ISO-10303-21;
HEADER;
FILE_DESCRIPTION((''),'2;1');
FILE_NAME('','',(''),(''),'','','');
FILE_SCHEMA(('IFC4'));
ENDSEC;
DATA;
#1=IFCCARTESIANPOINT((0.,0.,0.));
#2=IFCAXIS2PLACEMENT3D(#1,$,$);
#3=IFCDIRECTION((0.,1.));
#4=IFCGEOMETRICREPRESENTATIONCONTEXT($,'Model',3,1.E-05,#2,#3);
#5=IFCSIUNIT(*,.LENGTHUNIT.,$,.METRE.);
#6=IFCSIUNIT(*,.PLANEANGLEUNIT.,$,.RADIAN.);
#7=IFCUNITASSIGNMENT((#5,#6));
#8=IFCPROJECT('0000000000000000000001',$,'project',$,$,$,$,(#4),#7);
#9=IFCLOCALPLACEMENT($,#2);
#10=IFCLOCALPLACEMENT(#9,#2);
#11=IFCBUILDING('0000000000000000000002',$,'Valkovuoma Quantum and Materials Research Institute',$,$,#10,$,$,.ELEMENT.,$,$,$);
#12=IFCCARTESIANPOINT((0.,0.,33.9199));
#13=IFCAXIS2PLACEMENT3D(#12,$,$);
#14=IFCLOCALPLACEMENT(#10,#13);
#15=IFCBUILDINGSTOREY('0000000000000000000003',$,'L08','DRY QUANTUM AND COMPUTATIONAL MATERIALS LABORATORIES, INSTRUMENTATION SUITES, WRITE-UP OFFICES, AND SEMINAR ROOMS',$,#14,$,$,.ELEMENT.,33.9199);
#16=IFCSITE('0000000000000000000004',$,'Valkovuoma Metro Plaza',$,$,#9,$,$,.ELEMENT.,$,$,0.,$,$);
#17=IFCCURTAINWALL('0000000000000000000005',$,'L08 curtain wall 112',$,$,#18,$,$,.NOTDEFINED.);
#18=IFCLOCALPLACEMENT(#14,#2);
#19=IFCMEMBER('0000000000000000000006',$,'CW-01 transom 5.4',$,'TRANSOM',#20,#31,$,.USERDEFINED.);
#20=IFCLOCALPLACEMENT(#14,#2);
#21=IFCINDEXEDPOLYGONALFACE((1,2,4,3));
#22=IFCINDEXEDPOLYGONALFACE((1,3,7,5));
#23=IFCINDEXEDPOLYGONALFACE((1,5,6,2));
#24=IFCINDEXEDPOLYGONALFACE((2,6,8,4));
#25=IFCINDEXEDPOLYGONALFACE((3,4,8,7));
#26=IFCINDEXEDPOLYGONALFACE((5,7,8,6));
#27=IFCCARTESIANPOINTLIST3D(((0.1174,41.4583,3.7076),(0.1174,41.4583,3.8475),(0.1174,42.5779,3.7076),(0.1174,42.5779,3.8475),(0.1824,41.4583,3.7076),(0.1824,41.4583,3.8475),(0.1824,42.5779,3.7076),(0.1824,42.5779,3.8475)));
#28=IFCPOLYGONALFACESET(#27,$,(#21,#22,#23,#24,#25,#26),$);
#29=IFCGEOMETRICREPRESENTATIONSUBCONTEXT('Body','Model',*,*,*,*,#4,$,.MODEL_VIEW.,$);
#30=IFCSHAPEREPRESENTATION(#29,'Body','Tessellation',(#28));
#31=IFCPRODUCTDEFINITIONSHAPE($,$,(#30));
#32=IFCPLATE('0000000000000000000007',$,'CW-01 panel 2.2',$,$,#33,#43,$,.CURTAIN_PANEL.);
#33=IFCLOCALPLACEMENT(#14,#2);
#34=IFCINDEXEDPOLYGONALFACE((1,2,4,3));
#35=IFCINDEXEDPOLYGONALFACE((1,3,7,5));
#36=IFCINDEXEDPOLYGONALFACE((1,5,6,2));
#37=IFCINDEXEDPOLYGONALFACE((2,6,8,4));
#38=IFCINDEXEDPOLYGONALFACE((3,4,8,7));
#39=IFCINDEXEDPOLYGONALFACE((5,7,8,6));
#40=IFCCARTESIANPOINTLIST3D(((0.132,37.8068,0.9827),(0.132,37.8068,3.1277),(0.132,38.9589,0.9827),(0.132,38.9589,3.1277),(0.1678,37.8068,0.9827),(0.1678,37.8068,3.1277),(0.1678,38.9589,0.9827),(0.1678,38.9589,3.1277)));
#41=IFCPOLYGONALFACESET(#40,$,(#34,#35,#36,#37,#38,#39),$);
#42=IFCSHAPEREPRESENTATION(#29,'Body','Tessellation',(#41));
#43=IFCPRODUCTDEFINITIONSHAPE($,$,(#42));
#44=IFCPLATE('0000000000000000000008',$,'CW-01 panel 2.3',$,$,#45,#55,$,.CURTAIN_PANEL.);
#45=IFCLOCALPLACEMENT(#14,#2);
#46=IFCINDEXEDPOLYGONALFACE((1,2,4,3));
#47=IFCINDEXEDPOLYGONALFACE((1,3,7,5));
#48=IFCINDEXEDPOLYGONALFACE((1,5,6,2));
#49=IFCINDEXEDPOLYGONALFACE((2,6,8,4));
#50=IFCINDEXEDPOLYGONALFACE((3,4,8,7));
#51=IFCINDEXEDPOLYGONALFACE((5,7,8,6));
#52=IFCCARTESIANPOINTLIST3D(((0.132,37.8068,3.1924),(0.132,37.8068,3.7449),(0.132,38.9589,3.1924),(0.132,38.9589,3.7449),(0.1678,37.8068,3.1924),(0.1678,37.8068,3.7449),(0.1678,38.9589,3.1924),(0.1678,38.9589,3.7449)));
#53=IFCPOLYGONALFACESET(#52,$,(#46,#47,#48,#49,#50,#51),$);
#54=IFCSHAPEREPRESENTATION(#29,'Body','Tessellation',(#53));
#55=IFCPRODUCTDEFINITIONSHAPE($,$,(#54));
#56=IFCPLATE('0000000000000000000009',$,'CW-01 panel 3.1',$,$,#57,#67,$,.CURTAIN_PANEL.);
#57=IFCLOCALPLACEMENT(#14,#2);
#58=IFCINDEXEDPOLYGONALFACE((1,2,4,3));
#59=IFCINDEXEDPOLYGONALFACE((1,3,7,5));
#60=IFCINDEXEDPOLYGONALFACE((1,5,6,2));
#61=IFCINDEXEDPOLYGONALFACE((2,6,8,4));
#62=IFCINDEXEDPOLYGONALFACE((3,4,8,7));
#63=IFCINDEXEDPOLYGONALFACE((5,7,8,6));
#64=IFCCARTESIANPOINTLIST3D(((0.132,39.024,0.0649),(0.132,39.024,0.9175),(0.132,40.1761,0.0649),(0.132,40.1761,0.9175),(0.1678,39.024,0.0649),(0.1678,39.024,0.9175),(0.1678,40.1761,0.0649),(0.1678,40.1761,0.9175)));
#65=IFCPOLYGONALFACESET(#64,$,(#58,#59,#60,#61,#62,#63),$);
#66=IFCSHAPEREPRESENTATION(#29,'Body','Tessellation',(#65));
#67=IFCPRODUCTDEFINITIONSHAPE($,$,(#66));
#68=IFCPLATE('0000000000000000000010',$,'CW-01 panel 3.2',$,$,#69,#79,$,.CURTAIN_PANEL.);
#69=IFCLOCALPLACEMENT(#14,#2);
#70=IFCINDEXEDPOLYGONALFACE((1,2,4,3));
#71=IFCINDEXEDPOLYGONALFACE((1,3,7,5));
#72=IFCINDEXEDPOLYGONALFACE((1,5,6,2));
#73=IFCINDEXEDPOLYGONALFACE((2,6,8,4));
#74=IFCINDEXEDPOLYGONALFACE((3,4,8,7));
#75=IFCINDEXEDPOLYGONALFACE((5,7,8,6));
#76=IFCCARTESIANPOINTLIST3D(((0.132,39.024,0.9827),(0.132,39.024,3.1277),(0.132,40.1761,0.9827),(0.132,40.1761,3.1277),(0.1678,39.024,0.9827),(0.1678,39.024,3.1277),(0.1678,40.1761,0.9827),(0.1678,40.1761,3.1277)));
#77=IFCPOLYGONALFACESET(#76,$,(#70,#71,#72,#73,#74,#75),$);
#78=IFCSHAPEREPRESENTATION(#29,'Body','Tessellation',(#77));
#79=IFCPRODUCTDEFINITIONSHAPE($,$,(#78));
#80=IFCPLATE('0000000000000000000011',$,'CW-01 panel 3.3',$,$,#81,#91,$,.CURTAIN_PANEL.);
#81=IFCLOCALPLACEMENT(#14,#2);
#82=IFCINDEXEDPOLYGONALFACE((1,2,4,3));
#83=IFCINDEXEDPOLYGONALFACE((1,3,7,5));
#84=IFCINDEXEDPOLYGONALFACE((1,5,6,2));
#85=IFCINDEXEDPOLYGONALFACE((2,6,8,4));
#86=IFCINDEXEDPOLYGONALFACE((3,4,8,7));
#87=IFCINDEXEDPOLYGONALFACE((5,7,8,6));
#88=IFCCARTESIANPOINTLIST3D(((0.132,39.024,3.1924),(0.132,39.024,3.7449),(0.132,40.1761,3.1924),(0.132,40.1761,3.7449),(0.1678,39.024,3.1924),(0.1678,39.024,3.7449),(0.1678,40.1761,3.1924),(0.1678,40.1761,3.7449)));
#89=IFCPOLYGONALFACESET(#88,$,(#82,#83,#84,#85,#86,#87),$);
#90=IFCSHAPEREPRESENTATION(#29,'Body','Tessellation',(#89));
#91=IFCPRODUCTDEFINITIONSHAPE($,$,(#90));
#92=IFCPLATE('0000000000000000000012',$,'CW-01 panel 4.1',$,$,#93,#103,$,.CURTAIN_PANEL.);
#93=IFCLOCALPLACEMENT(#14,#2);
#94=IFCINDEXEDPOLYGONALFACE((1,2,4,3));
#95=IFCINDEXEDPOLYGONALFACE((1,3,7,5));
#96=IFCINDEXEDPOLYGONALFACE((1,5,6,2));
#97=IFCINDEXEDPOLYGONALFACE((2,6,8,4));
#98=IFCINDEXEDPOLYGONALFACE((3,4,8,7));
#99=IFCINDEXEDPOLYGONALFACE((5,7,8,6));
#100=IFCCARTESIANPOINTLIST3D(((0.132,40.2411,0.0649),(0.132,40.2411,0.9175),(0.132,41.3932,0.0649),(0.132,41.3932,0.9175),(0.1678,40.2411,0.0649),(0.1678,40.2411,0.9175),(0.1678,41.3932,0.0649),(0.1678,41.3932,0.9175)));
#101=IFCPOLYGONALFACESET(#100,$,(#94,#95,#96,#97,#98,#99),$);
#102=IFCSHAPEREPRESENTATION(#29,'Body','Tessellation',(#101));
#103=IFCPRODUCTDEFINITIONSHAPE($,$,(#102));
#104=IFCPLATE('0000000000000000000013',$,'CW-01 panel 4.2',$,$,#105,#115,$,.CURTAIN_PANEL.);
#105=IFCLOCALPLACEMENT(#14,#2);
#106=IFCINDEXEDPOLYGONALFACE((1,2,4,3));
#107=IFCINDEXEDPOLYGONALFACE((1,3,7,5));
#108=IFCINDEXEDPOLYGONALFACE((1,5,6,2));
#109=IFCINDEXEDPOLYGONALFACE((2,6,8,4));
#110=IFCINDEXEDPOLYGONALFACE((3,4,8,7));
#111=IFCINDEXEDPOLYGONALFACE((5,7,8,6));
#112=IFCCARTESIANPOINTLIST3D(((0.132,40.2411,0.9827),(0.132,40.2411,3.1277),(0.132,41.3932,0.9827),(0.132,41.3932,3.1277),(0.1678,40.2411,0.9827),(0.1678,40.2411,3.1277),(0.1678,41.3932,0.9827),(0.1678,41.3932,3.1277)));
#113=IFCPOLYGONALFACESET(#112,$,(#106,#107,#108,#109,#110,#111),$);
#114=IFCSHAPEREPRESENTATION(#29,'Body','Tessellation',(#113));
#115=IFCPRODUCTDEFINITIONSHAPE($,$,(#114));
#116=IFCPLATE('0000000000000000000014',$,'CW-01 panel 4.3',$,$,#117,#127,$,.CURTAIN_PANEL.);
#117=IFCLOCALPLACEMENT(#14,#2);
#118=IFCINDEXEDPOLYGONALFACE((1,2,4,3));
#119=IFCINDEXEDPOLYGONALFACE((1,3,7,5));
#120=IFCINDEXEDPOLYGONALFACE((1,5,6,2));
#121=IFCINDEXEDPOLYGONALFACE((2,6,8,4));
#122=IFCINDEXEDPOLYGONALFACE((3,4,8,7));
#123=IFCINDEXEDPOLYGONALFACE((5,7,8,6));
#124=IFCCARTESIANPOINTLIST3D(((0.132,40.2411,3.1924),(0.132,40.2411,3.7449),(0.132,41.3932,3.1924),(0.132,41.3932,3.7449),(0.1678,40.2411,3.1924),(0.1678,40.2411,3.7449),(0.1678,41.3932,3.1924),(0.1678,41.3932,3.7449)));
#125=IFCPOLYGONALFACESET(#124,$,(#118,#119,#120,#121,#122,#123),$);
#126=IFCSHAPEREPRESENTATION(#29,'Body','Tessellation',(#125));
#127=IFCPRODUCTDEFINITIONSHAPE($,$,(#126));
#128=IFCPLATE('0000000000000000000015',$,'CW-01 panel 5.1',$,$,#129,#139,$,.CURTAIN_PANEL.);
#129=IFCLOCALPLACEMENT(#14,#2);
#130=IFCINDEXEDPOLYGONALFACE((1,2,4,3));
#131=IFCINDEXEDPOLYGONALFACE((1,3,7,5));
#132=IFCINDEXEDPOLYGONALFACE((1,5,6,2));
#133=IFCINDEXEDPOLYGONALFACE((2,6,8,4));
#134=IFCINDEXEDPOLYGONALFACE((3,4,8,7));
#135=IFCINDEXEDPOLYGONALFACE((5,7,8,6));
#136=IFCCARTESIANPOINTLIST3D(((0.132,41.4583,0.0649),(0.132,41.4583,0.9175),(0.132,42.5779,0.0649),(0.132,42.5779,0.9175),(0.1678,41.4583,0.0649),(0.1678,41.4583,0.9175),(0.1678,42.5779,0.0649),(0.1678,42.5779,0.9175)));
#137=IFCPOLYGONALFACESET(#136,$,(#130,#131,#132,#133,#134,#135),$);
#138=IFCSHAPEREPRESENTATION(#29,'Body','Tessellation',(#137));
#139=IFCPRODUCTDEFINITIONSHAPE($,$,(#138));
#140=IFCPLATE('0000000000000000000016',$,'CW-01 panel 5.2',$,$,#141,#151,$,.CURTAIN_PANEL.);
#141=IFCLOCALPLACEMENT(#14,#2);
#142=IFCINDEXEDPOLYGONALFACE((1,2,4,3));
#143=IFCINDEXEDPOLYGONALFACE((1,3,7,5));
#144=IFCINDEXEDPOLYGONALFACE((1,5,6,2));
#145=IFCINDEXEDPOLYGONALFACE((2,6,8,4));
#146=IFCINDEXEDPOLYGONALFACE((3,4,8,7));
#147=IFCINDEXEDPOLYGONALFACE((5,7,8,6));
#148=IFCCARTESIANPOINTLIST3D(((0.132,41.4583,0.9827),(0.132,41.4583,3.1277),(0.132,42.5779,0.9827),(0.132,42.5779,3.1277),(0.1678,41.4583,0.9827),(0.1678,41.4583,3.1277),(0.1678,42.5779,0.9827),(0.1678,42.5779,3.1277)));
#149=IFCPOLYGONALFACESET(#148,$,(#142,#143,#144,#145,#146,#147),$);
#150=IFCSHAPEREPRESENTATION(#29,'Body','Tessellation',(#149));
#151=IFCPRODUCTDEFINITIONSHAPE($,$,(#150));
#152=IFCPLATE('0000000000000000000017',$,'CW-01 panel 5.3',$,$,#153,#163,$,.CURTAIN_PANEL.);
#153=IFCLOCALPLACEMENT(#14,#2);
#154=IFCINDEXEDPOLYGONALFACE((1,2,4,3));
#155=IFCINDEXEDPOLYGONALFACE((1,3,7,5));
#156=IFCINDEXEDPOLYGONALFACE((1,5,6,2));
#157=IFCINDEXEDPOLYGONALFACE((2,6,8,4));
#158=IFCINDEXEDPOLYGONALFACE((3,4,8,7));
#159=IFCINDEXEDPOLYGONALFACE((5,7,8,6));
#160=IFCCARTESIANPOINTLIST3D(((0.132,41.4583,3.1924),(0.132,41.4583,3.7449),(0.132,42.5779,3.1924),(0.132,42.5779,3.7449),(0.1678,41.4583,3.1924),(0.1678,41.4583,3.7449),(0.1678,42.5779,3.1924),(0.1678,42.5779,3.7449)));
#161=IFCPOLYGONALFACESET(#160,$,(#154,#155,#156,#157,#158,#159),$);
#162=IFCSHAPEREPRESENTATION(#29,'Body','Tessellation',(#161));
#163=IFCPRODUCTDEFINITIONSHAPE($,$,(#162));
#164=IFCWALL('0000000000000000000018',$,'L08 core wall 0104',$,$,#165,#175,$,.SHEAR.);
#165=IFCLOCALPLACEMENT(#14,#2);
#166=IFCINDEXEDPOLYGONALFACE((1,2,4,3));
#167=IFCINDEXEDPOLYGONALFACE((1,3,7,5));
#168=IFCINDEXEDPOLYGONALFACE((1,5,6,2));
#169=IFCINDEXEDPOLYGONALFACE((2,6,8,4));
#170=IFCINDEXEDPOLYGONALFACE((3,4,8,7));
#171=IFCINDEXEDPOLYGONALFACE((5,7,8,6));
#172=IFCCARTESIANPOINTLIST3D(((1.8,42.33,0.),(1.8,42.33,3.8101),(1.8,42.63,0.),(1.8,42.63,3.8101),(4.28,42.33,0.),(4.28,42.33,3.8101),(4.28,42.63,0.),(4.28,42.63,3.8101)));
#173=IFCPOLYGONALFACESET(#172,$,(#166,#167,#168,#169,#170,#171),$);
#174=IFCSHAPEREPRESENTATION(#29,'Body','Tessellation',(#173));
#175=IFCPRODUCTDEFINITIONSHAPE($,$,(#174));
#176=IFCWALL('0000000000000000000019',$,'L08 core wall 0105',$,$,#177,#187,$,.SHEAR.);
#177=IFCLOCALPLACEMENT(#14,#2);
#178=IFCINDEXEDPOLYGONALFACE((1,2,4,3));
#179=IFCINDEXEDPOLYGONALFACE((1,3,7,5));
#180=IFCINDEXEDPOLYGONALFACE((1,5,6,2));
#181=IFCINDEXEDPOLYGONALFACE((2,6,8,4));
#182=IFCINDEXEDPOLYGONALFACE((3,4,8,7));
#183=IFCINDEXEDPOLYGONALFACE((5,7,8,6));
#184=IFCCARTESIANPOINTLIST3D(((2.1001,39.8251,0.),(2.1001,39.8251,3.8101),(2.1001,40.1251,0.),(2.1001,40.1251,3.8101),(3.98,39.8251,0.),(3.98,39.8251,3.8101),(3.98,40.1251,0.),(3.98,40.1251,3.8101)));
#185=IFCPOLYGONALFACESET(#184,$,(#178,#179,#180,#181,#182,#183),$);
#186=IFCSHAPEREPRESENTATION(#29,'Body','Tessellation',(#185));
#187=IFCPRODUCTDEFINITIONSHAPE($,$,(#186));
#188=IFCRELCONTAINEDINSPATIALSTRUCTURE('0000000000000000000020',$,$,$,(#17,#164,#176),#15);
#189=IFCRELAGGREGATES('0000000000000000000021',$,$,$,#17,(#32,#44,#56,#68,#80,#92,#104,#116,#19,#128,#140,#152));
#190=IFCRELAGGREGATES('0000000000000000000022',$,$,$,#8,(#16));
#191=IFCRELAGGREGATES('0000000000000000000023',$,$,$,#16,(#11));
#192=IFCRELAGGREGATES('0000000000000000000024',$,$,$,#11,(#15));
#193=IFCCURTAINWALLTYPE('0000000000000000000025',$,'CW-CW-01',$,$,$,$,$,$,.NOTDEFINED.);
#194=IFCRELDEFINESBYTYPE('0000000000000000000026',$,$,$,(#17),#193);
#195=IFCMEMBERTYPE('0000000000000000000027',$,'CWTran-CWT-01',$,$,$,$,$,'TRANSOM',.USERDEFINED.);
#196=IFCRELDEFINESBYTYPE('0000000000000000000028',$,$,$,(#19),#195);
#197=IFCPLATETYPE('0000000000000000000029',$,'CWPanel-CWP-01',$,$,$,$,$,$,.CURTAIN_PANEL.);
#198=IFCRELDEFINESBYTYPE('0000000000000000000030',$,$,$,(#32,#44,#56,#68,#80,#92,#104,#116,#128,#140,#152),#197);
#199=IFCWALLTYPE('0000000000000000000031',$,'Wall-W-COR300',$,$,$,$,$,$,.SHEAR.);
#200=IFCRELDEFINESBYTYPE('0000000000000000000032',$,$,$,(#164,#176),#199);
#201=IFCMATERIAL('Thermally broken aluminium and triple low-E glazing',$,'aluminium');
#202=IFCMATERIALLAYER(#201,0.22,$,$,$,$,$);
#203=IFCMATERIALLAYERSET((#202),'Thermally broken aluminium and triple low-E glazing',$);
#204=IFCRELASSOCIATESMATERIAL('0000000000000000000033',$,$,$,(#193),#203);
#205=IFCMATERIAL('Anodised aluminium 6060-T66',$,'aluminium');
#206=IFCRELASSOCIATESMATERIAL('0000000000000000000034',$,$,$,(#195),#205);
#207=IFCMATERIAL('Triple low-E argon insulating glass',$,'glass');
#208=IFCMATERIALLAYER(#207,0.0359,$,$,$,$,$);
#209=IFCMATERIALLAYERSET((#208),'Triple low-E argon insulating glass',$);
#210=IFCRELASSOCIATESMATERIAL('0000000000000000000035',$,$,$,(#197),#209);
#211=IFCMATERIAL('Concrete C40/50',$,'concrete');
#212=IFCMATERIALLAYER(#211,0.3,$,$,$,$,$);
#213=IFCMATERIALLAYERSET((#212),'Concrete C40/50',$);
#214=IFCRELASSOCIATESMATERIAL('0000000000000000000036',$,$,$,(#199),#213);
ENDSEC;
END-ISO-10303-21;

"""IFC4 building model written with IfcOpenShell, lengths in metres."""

from ifc_helpers import new_model, si_unit, direction, frame, frame_2d, origin, origin_2d, place, context, subcontext, project, spatial, rectangle, extrude, material, layer, layer_set, material_profile, profile_set, type_object, element, aggregate, save


model = new_model("IFC4")

# Units and contexts
model_context = context("Model", 3, precision=1e-05, world=origin(), true_north=direction((0.0, 1.0)))
body_context = subcontext(model_context, "Body", "Model", "MODEL_VIEW")
ifc_project = project(units=[si_unit("LENGTHUNIT", "METRE"), si_unit("PLANEANGLEUNIT", "RADIAN")], contexts=[model_context])

# Site, building, storey
site_placement = place(None, origin())
site = spatial("IfcSite", under=ifc_project, at=site_placement, Name="Valkovuoma Metro Plaza", CompositionType="ELEMENT", RefElevation=0.0)
building_placement = place(site_placement, origin())
building = spatial("IfcBuilding", under=site, at=building_placement, Name="Valkovuoma Quantum and Materials Research Institute", CompositionType="ELEMENT")
storey_placement = place(building_placement, frame((0.0, 0.0, 33.9199)))
storey = spatial("IfcBuildingStorey", under=building, at=storey_placement, Name="L08", Description="DRY QUANTUM AND COMPUTATIONAL MATERIALS LABORATORIES, INSTRUMENTATION SUITES, WRITE-UP OFFICES, AND SEMINAR ROOMS", CompositionType="ELEMENT", Elevation=33.9199)

# Curtain wall, member, plates
ifc_material_1 = material(Name="Thermally broken aluminium and triple low-E glazing", Category="aluminium")
ifc_layer_1 = layer(ifc_material_1, 0.22)
ifc_layer_set_1 = layer_set([ifc_layer_1], Name="Thermally broken aluminium and triple low-E glazing")
curtain_wall_type = type_object("IfcCurtainWallType", Name="CW-CW-01", PredefinedType="NOTDEFINED", material=ifc_layer_set_1)
curtain_wall_placement = place(storey_placement, origin())
curtain_wall = element("IfcCurtainWall", 1, at=curtain_wall_placement, inside=storey, type_object=curtain_wall_type, Name="L08 curtain wall 112", PredefinedType="NOTDEFINED")
ifc_material_2 = material(Name="Anodised aluminium 6060-T66", Category="aluminium")
ifc_material_profile_1 = material_profile(ifc_material_2, rectangle(XDim=0.0649, YDim=0.1399, at=origin_2d()), Name="Anodised aluminium 6060-T66")
ifc_profile_set_1 = profile_set([ifc_material_profile_1], Name="Anodised aluminium 6060-T66")
member_type_1 = type_object("IfcMemberType", Name="CWTran-CWT-01", ElementType="TRANSOM", PredefinedType="USERDEFINED", material=ifc_profile_set_1)
member_1_placement = place(storey_placement, frame((0.1499, 41.4583, 3.7776), z_axis=(0.0, 1.0, 0.0), x_axis=(-1.0, 0.0, 0.0)))
member_1 = element("IfcMember", 2, at=member_1_placement, type_object=member_type_1, Name="CW-01 transom 5.4", ObjectType="TRANSOM", PredefinedType="USERDEFINED", context=body_context, shape_type="SweptSolid", body=[
    extrude(rectangle(XDim=0.0649, YDim=0.1399, at=origin_2d()), origin(), (0.0, 0.0, 1.0), 1.1196),
])
ifc_material_3 = material(Name="Triple low-E argon insulating glass", Category="glass")
ifc_layer_2 = layer(ifc_material_3, 0.0359)
ifc_layer_set_2 = layer_set([ifc_layer_2], Name="Triple low-E argon insulating glass")
plate_type = type_object("IfcPlateType", Name="CWPanel-CWP-01", PredefinedType="CURTAIN_PANEL", material=ifc_layer_set_2)
plate_1_placement = place(storey_placement, frame((0.1499, 38.3828, 0.9827), z_axis=(0.0, 0.0, 1.0), x_axis=(0.0, 1.0, 0.0)))
plate_1 = element("IfcPlate", 3, at=plate_1_placement, type_object=plate_type, Name="CW-01 panel 2.2", PredefinedType="CURTAIN_PANEL", context=body_context, shape_type="SweptSolid", body=[
    extrude(rectangle(XDim=1.1521, YDim=0.0359, at=origin_2d()), origin(), (0.0, 0.0, 1.0), 2.145),
])
plate_2_placement = place(storey_placement, frame((0.1499, 38.3828, 3.1924), z_axis=(0.0, 0.0, 1.0), x_axis=(0.0, 1.0, 0.0)))
plate_2 = element("IfcPlate", 4, at=plate_2_placement, type_object=plate_type, Name="CW-01 panel 2.3", PredefinedType="CURTAIN_PANEL", context=body_context, shape_type="SweptSolid", body=[
    extrude(rectangle(XDim=1.1521, YDim=0.0359, at=origin_2d()), origin(), (0.0, 0.0, 1.0), 0.5525),
])
plate_3_placement = place(storey_placement, frame((0.1499, 39.6001, 0.0649), z_axis=(0.0, 0.0, 1.0), x_axis=(0.0, 1.0, 0.0)))
plate_3 = element("IfcPlate", 5, at=plate_3_placement, type_object=plate_type, Name="CW-01 panel 3.1", PredefinedType="CURTAIN_PANEL", context=body_context, shape_type="SweptSolid", body=[
    extrude(rectangle(XDim=1.1521, YDim=0.0359, at=origin_2d()), origin(), (0.0, 0.0, 1.0), 0.8525),
])
plate_4_placement = place(storey_placement, frame((0.1499, 39.6001, 0.9827), z_axis=(0.0, 0.0, 1.0), x_axis=(0.0, 1.0, 0.0)))
plate_4 = element("IfcPlate", 6, at=plate_4_placement, type_object=plate_type, Name="CW-01 panel 3.2", PredefinedType="CURTAIN_PANEL", context=body_context, shape_type="SweptSolid", body=[
    extrude(rectangle(XDim=1.1521, YDim=0.0359, at=origin_2d()), origin(), (0.0, 0.0, 1.0), 2.145),
])
plate_5_placement = place(storey_placement, frame((0.1499, 39.6001, 3.1924), z_axis=(0.0, 0.0, 1.0), x_axis=(0.0, 1.0, 0.0)))
plate_5 = element("IfcPlate", 7, at=plate_5_placement, type_object=plate_type, Name="CW-01 panel 3.3", PredefinedType="CURTAIN_PANEL", context=body_context, shape_type="SweptSolid", body=[
    extrude(rectangle(XDim=1.1521, YDim=0.0359, at=origin_2d()), origin(), (0.0, 0.0, 1.0), 0.5525),
])
plate_6_placement = place(storey_placement, frame((0.1499, 40.8171, 0.0649), z_axis=(0.0, 0.0, 1.0), x_axis=(0.0, 1.0, 0.0)))
plate_6 = element("IfcPlate", 8, at=plate_6_placement, type_object=plate_type, Name="CW-01 panel 4.1", PredefinedType="CURTAIN_PANEL", context=body_context, shape_type="SweptSolid", body=[
    extrude(rectangle(XDim=1.1521, YDim=0.0359, at=origin_2d()), origin(), (0.0, 0.0, 1.0), 0.8525),
])
plate_7_placement = place(storey_placement, frame((0.1499, 40.8171, 0.9827), z_axis=(0.0, 0.0, 1.0), x_axis=(0.0, 1.0, 0.0)))
plate_7 = element("IfcPlate", 9, at=plate_7_placement, type_object=plate_type, Name="CW-01 panel 4.2", PredefinedType="CURTAIN_PANEL", context=body_context, shape_type="SweptSolid", body=[
    extrude(rectangle(XDim=1.1521, YDim=0.0359, at=origin_2d()), origin(), (0.0, 0.0, 1.0), 2.145),
])
plate_8_placement = place(storey_placement, frame((0.1499, 40.8171, 3.1924), z_axis=(0.0, 0.0, 1.0), x_axis=(0.0, 1.0, 0.0)))
plate_8 = element("IfcPlate", 10, at=plate_8_placement, type_object=plate_type, Name="CW-01 panel 4.3", PredefinedType="CURTAIN_PANEL", context=body_context, shape_type="SweptSolid", body=[
    extrude(rectangle(XDim=1.1521, YDim=0.0359, at=origin_2d()), origin(), (0.0, 0.0, 1.0), 0.5525),
])
plate_9_placement = place(storey_placement, frame((0.1499, 42.0181, 0.0649), z_axis=(0.0, 0.0, 1.0), x_axis=(0.0, 1.0, 0.0)))
plate_9 = element("IfcPlate", 11, at=plate_9_placement, type_object=plate_type, Name="CW-01 panel 5.1", PredefinedType="CURTAIN_PANEL", context=body_context, shape_type="SweptSolid", body=[
    extrude(rectangle(XDim=1.1196, YDim=0.0359, at=origin_2d()), origin(), (0.0, 0.0, 1.0), 0.8525),
])
plate_10_placement = place(storey_placement, frame((0.1499, 42.0181, 0.9827), z_axis=(0.0, 0.0, 1.0), x_axis=(0.0, 1.0, 0.0)))
plate_10 = element("IfcPlate", 12, at=plate_10_placement, type_object=plate_type, Name="CW-01 panel 5.2", PredefinedType="CURTAIN_PANEL", context=body_context, shape_type="SweptSolid", body=[
    extrude(rectangle(XDim=1.1196, YDim=0.0359, at=origin_2d()), origin(), (0.0, 0.0, 1.0), 2.145),
])
plate_11_placement = place(storey_placement, frame((0.1499, 42.0181, 3.1924), z_axis=(0.0, 0.0, 1.0), x_axis=(0.0, 1.0, 0.0)))
plate_11 = element("IfcPlate", 13, at=plate_11_placement, type_object=plate_type, Name="CW-01 panel 5.3", PredefinedType="CURTAIN_PANEL", context=body_context, shape_type="SweptSolid", body=[
    extrude(rectangle(XDim=1.1196, YDim=0.0359, at=origin_2d()), origin(), (0.0, 0.0, 1.0), 0.5525),
])
aggregate(curtain_wall, [plate_1, plate_2, plate_3, plate_4, plate_5, plate_6, plate_7, plate_8, member_1, plate_9, plate_10, plate_11])

# Walls
ifc_material_4 = material(Name="Concrete C40/50", Category="concrete")
ifc_layer_3 = layer(ifc_material_4, 0.3)
ifc_layer_set_3 = layer_set([ifc_layer_3], Name="Concrete C40/50")
wall_type_1 = type_object("IfcWallType", Name="Wall-W-COR300", PredefinedType="SHEAR", material=ifc_layer_set_3)
wall_1_placement = place(storey_placement, frame((1.8, 42.48, 0.0), z_axis=(0.0, 0.0, 1.0), x_axis=(1.0, 0.0, 0.0)))
element("IfcWall", 14, at=wall_1_placement, inside=storey, type_object=wall_type_1, Name="L08 core wall 0104", PredefinedType="SHEAR", context=body_context, shape_type="SweptSolid", body=[
    extrude(rectangle(XDim=2.48, YDim=0.3, at=frame_2d((1.24, 0.0))), origin(), (0.0, 0.0, 1.0), 3.8101),
])
wall_2_placement = place(storey_placement, frame((2.1001, 39.9751, 0.0), z_axis=(0.0, 0.0, 1.0), x_axis=(1.0, 0.0, 0.0)))
element("IfcWall", 15, at=wall_2_placement, inside=storey, type_object=wall_type_1, Name="L08 core wall 0105", PredefinedType="SHEAR", context=body_context, shape_type="SweptSolid", body=[
    extrude(rectangle(XDim=1.8799, YDim=0.3, at=frame_2d((0.9399, 0.0))), origin(), (0.0, 0.0, 1.0), 3.8101),
])

save(model, "model.ifc")
